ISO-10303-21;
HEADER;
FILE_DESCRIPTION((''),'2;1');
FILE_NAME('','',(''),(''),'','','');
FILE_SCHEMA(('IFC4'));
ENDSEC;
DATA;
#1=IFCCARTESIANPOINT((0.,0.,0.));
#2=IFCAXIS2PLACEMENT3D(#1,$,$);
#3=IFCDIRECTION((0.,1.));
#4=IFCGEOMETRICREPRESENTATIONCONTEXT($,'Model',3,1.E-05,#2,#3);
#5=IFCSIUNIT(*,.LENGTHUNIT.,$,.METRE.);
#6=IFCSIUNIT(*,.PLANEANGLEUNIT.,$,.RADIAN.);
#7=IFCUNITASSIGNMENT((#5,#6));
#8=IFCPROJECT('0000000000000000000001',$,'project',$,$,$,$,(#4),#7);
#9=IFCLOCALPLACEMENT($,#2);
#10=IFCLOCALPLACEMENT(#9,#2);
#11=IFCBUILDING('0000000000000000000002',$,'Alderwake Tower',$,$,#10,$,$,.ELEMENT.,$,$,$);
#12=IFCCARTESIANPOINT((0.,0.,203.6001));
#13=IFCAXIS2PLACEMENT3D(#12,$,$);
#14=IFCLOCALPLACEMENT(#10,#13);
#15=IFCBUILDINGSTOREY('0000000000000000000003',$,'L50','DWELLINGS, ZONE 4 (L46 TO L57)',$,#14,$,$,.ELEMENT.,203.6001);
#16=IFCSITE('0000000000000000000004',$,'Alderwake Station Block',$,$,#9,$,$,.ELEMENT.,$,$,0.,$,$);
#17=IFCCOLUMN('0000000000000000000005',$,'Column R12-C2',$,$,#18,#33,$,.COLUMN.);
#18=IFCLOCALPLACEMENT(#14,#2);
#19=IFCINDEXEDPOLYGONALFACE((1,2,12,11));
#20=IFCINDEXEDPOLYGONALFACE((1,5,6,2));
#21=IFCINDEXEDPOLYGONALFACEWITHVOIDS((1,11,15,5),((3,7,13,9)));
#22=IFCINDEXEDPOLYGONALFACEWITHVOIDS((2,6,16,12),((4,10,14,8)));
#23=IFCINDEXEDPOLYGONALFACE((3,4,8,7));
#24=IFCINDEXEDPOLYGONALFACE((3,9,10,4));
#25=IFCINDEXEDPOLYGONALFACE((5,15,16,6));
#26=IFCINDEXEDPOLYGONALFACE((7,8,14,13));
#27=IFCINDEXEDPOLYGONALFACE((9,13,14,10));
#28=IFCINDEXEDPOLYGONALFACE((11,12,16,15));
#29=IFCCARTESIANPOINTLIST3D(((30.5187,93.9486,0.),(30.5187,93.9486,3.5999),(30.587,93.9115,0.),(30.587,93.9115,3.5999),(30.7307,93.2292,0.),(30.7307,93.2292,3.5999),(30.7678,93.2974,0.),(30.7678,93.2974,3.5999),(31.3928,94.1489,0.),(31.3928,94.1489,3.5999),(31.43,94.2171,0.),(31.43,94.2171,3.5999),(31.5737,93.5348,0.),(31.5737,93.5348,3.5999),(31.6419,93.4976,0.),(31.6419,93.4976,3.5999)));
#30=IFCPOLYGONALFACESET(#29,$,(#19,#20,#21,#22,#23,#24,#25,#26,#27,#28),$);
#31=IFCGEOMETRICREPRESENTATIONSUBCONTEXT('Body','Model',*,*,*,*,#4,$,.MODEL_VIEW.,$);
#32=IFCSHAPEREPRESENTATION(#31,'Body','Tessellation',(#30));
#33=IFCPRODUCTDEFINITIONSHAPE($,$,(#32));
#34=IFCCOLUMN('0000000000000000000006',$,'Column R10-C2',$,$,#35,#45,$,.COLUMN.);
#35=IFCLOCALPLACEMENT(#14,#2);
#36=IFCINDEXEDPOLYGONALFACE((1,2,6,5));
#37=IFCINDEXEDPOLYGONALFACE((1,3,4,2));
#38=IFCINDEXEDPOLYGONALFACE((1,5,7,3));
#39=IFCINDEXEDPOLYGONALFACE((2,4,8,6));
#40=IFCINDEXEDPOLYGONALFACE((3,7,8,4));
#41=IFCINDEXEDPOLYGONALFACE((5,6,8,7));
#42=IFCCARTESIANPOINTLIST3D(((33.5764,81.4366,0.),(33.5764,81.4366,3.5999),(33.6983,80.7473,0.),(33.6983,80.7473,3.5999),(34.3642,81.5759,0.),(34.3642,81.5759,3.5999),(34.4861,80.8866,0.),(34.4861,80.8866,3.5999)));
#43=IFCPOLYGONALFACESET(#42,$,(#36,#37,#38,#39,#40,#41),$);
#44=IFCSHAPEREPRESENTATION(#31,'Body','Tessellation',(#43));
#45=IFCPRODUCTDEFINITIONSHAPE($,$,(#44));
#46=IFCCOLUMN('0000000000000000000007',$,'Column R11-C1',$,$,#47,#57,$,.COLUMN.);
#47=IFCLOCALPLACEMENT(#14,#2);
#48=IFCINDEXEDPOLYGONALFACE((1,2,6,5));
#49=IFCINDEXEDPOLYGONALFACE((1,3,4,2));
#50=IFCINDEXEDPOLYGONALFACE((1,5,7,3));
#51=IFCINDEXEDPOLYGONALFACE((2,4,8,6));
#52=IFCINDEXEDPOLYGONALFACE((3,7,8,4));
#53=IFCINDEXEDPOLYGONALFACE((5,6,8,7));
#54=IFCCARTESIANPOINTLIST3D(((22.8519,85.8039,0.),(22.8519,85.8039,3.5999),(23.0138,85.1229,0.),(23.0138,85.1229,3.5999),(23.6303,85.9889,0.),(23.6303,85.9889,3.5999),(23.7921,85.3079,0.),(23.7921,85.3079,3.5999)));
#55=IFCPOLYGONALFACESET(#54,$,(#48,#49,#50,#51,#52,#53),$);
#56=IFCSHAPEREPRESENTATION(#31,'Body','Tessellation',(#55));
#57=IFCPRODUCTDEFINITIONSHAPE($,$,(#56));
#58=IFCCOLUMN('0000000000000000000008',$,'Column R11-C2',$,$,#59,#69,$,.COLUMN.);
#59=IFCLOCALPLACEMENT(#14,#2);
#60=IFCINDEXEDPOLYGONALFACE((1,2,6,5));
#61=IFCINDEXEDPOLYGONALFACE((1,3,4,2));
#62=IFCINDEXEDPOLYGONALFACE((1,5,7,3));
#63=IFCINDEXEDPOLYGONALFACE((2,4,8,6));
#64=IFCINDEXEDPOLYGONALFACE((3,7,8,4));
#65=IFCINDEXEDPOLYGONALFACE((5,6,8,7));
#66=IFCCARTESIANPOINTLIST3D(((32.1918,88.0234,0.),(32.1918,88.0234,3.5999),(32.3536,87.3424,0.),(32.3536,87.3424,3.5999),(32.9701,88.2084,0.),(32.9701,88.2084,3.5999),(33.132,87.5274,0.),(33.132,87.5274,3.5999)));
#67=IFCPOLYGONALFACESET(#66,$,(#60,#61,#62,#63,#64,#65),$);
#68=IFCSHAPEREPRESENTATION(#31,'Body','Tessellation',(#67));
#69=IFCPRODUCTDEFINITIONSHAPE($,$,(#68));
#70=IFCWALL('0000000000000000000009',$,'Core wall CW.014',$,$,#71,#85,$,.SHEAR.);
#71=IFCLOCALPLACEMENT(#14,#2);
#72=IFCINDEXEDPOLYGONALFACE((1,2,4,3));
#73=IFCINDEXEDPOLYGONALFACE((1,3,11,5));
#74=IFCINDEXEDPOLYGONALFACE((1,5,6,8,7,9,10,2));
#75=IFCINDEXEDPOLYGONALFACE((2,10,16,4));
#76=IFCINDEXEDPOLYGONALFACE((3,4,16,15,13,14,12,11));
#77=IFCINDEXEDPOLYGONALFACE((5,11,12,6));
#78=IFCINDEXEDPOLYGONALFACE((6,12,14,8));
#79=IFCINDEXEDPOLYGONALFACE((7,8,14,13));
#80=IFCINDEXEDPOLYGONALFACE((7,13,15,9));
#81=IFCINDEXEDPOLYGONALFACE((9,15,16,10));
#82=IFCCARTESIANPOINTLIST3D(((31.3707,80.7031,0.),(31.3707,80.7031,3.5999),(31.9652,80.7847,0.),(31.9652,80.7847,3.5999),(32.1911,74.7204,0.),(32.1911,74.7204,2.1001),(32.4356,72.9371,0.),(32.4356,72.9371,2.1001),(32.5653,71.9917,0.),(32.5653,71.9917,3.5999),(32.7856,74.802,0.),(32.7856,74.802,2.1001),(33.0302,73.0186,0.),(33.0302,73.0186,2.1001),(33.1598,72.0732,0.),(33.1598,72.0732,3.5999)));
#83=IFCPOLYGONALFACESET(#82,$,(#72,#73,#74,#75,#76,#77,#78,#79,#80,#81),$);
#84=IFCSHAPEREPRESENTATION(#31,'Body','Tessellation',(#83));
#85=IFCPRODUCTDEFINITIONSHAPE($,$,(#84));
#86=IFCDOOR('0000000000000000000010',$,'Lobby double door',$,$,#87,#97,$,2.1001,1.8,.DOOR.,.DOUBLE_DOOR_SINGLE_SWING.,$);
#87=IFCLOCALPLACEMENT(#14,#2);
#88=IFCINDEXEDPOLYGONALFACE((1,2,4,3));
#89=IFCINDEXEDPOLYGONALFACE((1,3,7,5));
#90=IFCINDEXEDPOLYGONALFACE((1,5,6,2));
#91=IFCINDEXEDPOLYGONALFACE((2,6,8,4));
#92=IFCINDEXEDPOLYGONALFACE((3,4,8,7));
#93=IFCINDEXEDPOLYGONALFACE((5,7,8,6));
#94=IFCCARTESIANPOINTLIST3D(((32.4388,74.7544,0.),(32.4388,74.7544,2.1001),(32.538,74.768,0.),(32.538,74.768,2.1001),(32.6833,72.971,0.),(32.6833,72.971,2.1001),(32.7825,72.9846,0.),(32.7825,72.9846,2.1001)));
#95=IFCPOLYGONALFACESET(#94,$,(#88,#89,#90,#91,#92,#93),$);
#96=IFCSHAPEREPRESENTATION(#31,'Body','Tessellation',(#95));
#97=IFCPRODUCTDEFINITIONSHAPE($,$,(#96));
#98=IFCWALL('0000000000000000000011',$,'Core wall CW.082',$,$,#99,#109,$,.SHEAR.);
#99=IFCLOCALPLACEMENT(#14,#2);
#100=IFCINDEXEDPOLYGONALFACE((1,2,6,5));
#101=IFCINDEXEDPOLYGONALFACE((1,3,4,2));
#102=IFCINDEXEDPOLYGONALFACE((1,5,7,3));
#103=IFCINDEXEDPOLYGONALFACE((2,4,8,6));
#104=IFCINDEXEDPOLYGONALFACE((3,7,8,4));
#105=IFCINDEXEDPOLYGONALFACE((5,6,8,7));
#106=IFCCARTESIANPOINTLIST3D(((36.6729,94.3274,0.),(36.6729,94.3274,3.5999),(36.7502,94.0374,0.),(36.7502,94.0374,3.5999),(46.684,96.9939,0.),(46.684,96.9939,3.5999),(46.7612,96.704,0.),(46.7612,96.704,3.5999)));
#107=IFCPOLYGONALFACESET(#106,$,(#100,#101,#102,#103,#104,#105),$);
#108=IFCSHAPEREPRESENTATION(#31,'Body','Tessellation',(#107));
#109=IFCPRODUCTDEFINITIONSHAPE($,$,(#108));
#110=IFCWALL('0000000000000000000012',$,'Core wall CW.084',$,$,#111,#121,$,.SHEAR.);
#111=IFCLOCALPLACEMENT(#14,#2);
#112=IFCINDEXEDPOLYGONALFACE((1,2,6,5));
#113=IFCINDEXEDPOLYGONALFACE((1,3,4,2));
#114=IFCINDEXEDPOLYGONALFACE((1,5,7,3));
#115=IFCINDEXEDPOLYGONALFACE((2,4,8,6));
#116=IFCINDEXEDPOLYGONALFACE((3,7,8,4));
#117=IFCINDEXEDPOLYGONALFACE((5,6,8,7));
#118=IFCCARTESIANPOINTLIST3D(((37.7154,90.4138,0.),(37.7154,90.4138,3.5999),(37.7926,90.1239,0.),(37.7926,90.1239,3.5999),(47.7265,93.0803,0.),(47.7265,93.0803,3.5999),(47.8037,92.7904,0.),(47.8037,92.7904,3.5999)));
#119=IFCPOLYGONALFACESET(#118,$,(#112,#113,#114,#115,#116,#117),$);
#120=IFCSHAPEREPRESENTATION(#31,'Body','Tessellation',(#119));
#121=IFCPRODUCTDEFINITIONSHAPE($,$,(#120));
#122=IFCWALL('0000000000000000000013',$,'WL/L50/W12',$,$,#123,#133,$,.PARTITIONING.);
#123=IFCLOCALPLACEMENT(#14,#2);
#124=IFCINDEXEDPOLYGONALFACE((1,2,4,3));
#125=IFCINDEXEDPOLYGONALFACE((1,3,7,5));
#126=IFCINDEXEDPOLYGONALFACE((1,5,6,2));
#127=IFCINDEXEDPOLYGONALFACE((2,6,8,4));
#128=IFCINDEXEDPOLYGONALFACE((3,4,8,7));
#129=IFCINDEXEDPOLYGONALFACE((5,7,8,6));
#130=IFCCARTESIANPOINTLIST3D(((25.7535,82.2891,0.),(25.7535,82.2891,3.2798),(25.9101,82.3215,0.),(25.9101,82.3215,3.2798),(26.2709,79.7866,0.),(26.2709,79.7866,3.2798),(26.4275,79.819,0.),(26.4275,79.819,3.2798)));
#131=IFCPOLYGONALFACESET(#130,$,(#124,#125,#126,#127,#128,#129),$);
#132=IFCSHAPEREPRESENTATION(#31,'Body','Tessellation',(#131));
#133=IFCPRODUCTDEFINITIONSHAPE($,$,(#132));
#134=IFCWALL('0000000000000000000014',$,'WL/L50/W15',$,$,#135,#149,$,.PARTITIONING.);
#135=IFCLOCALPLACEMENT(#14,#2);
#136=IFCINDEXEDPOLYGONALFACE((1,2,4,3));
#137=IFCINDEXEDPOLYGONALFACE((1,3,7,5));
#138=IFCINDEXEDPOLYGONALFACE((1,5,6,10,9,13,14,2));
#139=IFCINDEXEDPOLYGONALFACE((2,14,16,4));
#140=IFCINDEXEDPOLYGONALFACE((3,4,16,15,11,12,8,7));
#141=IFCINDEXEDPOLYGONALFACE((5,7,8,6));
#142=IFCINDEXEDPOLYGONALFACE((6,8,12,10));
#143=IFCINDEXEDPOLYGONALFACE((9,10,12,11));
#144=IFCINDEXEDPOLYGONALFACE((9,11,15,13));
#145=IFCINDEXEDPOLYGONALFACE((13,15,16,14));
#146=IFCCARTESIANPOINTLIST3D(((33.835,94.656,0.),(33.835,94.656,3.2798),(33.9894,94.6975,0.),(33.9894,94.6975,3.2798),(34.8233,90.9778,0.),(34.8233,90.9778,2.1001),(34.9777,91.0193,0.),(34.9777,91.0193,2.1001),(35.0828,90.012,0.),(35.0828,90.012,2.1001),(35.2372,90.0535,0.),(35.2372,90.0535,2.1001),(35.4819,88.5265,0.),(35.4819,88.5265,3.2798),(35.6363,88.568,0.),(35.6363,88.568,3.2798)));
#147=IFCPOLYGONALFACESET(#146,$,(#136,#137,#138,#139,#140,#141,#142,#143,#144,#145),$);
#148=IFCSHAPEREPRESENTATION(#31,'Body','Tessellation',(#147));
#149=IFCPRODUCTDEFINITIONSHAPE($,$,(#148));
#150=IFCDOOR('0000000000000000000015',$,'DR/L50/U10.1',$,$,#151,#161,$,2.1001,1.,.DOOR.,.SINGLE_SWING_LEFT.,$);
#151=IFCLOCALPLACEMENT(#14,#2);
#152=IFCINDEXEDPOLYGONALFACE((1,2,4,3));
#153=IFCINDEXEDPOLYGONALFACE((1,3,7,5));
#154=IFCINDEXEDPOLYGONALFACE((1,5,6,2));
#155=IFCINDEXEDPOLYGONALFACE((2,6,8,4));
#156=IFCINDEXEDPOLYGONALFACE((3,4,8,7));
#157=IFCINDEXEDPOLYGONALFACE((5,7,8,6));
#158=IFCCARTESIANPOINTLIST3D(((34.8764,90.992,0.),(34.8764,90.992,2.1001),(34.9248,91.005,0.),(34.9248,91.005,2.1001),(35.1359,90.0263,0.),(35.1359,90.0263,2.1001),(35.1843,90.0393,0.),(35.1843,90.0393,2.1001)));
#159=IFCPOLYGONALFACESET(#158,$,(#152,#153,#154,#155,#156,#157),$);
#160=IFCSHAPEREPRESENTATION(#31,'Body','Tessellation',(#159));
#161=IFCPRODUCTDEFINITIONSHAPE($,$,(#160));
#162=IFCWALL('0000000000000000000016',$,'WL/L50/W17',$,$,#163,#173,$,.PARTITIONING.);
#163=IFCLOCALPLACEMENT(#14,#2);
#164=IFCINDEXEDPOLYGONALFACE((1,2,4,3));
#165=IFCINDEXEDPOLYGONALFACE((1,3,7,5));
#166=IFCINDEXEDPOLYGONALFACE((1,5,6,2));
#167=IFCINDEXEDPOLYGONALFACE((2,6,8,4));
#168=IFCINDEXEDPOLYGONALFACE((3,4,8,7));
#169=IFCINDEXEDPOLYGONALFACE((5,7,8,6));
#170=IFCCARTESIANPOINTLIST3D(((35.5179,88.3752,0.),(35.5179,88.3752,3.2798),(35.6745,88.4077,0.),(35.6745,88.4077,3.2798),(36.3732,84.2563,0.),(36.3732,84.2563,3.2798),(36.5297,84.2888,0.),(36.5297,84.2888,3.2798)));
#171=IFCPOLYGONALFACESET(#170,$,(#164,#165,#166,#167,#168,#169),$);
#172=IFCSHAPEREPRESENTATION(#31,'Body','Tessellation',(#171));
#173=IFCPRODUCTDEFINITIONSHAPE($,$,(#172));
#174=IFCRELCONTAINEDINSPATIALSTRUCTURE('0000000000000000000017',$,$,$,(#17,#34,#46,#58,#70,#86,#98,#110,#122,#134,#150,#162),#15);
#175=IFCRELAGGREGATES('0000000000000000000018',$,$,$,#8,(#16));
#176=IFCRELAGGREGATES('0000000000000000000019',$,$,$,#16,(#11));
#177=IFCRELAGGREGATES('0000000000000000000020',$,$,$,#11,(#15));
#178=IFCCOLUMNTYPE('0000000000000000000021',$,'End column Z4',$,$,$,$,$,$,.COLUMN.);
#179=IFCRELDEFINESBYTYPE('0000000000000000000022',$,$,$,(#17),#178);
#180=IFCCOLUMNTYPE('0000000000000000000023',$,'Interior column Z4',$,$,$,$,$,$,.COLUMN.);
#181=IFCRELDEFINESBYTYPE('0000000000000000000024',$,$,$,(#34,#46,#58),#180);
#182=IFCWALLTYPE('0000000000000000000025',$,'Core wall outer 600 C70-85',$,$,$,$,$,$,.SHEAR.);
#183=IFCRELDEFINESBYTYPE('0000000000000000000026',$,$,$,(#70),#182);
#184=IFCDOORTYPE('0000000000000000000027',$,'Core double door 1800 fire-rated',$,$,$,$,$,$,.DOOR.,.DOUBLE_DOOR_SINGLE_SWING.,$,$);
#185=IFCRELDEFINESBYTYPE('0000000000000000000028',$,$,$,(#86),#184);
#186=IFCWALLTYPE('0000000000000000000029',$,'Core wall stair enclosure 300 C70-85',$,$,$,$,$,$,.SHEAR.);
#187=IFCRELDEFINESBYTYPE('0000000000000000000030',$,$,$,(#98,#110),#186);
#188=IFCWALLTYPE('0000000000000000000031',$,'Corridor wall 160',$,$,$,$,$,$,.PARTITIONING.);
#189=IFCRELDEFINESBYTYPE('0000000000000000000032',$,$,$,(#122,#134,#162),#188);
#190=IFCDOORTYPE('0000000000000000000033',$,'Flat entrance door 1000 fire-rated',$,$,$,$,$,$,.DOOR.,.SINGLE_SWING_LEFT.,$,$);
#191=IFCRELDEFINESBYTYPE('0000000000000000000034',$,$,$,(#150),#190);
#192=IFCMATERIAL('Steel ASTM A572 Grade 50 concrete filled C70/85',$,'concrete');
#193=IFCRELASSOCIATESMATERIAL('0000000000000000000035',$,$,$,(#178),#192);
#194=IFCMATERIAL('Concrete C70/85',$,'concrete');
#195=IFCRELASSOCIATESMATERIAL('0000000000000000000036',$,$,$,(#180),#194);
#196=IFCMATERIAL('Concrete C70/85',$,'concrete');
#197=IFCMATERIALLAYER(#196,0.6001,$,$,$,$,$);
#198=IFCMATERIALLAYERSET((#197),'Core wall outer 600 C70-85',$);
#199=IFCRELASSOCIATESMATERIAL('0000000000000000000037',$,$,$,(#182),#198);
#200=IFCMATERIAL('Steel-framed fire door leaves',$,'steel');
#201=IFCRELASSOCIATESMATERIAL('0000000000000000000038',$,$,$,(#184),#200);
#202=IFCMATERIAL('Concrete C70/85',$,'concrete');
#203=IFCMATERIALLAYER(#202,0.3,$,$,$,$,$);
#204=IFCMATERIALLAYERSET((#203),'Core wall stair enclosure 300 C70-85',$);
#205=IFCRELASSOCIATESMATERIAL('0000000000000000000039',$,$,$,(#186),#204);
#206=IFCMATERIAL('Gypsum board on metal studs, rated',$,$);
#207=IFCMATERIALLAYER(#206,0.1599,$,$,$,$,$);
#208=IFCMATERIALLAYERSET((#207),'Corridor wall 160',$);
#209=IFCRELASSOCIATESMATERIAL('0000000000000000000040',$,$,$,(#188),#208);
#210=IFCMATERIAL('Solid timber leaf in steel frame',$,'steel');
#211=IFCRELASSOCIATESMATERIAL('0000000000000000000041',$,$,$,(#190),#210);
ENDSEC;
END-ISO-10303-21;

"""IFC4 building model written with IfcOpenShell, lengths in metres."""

from ifc_helpers import new_model, si_unit, direction, frame, frame_2d, origin, origin_2d, place, context, subcontext, project, spatial, rectangle, hollow_rectangle, extrude, material, layer, layer_set, material_profile, profile_set, type_object, element, fill, save


model = new_model("IFC4")

# Units and contexts
model_context = context("Model", 3, precision=1e-05, world=origin(), true_north=direction((0.0, 1.0)))
body_context = subcontext(model_context, "Body", "Model", "MODEL_VIEW")
ifc_project = project(units=[si_unit("LENGTHUNIT", "METRE"), si_unit("PLANEANGLEUNIT", "RADIAN")], contexts=[model_context])

# Site, building, storey
site_placement = place(None, origin())
site = spatial("IfcSite", under=ifc_project, at=site_placement, Name="Alderwake Station Block", CompositionType="ELEMENT", RefElevation=0.0)
building_placement = place(site_placement, origin())
building = spatial("IfcBuilding", under=site, at=building_placement, Name="Alderwake Tower", CompositionType="ELEMENT")
storey_placement = place(building_placement, frame((0.0, 0.0, 203.6001)))
storey = spatial("IfcBuildingStorey", under=building, at=storey_placement, Name="L50", Description="DWELLINGS, ZONE 4 (L46 TO L57)", CompositionType="ELEMENT", Elevation=203.6001)

# Columns
ifc_material_1 = material(Name="Steel ASTM A572 Grade 50 concrete filled C70/85", Category="concrete")
ifc_material_profile_1 = material_profile(ifc_material_1, hollow_rectangle(XDim=0.75, YDim=0.95, WallThickness=0.0549, at=origin_2d()), Name="BOX 950X750X55")
ifc_profile_set_1 = profile_set([ifc_material_profile_1], Name="Steel ASTM A572 Grade 50 concrete filled C70/85")
column_type_1 = type_object("IfcColumnType", Name="End column Z4", PredefinedType="COLUMN", material=ifc_profile_set_1)
column_placement = place(storey_placement, frame((31.0803, 93.7231, 0.0), z_axis=(0.0, 0.0, 1.0), x_axis=(-0.282583, 0.959243, 0.0)))
element("IfcColumn", 1, at=column_placement, inside=storey, type_object=column_type_1, Name="Column R12-C2", PredefinedType="COLUMN", context=body_context, shape_type="SweptSolid", body=[
    extrude(hollow_rectangle(XDim=0.75, YDim=0.95, WallThickness=0.0549, at=origin_2d()), origin(), (0.0, 0.0, 1.0), 3.5999),
])
ifc_material_2 = material(Name="Concrete C70/85", Category="concrete")
ifc_material_profile_2 = material_profile(ifc_material_2, rectangle(XDim=0.7, YDim=0.8, at=origin_2d()), Name="RC 800X700")
ifc_profile_set_2 = profile_set([ifc_material_profile_2], Name="Concrete C70/85")
column_type_2 = type_object("IfcColumnType", Name="Interior column Z4", PredefinedType="COLUMN", material=ifc_profile_set_2)
for number, where, z_axis, x_axis, name in (
    (2, (34.0312, 81.1616, 0.0), (0.0, 0.0, 1.0), (-0.174109, 0.984726, 0.0), "Column R10-C2"),
    (3, (23.322, 85.5559, 0.0), (0.0, 0.0, 1.0), (-0.231222, 0.972901, 0.0), "Column R11-C1"),
    (4, (32.6619, 87.7754, 0.0), (0.0, 0.0, 1.0), (-0.231222, 0.972901, 0.0), "Column R11-C2"),
):
    element("IfcColumn", number, at=place(storey_placement, frame(where, z_axis=z_axis, x_axis=x_axis)), inside=storey, type_object=column_type_2, Name=name, PredefinedType="COLUMN", context=body_context, shape_type="SweptSolid", body=[
        extrude(rectangle(XDim=0.7, YDim=0.8, at=origin_2d()), origin(), (0.0, 0.0, 1.0), 3.5999),
    ])

# Wall, opening, door
ifc_material_3 = material(Name="Concrete C70/85", Category="concrete")
ifc_layer_1 = layer(ifc_material_3, 0.6001)
ifc_layer_set_1 = layer_set([ifc_layer_1], Name="Core wall outer 600 C70-85")
wall_type_1 = type_object("IfcWallType", Name="Core wall outer 600 C70-85", PredefinedType="SHEAR", material=ifc_layer_set_1)
wall_1_placement = place(storey_placement, frame((31.668, 80.7439, 0.0), z_axis=(0.0, 0.0, 1.0), x_axis=(0.135857, -0.990729, 0.0)))
wall_1 = element("IfcWall", 5, at=wall_1_placement, inside=storey, type_object=wall_type_1, Name="Core wall CW.014", PredefinedType="SHEAR", context=body_context, shape_type="SweptSolid", body=[
    extrude(rectangle(XDim=8.793, YDim=0.6001, at=frame_2d((4.3965, 0.0))), origin(), (0.0, 0.0, 1.0), 3.5999),
])
opening_1_placement = place(wall_1_placement, frame((6.0388, 0.0, 0.0)))
opening_1 = element("IfcOpeningElement", 6, at=opening_1_placement, cuts=wall_1, PredefinedType="OPENING", context=body_context, shape_type="SweptSolid", body=[
    extrude(rectangle(XDim=1.8, YDim=2.1001, at=frame_2d((0.8999, 1.05))), frame((0.0, 0.3101, 0.0), z_axis=(0.0, -1.0, 0.0), x_axis=(1.0, 0.0, 0.0)), (0.0, 0.0, 1.0), 0.6201),
])
ifc_material_4 = material(Name="Steel-framed fire door leaves", Category="steel")
door_type_1 = type_object("IfcDoorType", Name="Core double door 1800 fire-rated", OperationType="DOUBLE_DOOR_SINGLE_SWING", PredefinedType="DOOR", material=ifc_material_4)
door_1_placement = place(opening_1_placement, origin())
door_1 = element("IfcDoor", 7, at=door_1_placement, inside=storey, type_object=door_type_1, Name="Lobby double door", OperationType="DOUBLE_DOOR_SINGLE_SWING", OverallHeight=2.1001, OverallWidth=1.8, PredefinedType="DOOR", context=body_context, shape_type="SweptSolid", body=[
    extrude(rectangle(XDim=1.8, YDim=2.1001, at=frame_2d((0.8999, 1.05))), frame((0.0, 0.05, 0.0), z_axis=(0.0, -1.0, 0.0), x_axis=(1.0, 0.0, 0.0)), (0.0, 0.0, 1.0), 0.1001),
])
fill(opening_1, door_1)

# Walls
ifc_material_5 = material(Name="Concrete C70/85", Category="concrete")
ifc_layer_2 = layer(ifc_material_5, 0.3)
ifc_layer_set_2 = layer_set([ifc_layer_2], Name="Core wall stair enclosure 300 C70-85")
wall_type_2 = type_object("IfcWallType", Name="Core wall stair enclosure 300 C70-85", PredefinedType="SHEAR", material=ifc_layer_set_2)
for number, where, z_axis, x_axis, name in (
    (8, (36.7114, 94.1824, 0.0), (0.0, 0.0, 1.0), (0.966309, 0.257384, 0.0), "Core wall CW.082"),
    (9, (37.7539, 90.2688, 0.0), (0.0, 0.0, 1.0), (0.966309, 0.257384, 0.0), "Core wall CW.084"),
):
    element("IfcWall", number, at=place(storey_placement, frame(where, z_axis=z_axis, x_axis=x_axis)), inside=storey, type_object=wall_type_2, Name=name, PredefinedType="SHEAR", context=body_context, shape_type="SweptSolid", body=[
        extrude(rectangle(XDim=10.3601, YDim=0.3, at=frame_2d((5.1802, 0.0))), origin(), (0.0, 0.0, 1.0), 3.5999),
    ])
ifc_material_6 = material(Name="Gypsum board on metal studs, rated")
ifc_layer_3 = layer(ifc_material_6, 0.1599)
ifc_layer_set_3 = layer_set([ifc_layer_3], Name="Corridor wall 160")
wall_type_3 = type_object("IfcWallType", Name="Corridor wall 160", PredefinedType="PARTITIONING", material=ifc_layer_set_3)
wall_2_placement = place(storey_placement, frame((25.8318, 82.3054, 0.0), z_axis=(0.0, 0.0, 1.0), x_axis=(0.202451, -0.979292, 0.0)))
element("IfcWall", 10, at=wall_2_placement, inside=storey, type_object=wall_type_3, Name="WL/L50/W12", PredefinedType="PARTITIONING", context=body_context, shape_type="SweptSolid", body=[
    extrude(rectangle(XDim=2.5554, YDim=0.1599, at=frame_2d((1.2778, 0.0))), origin(), (0.0, 0.0, 1.0), 3.2798),
])

# Wall, opening, door
wall_3_placement = place(storey_placement, frame((35.5591, 88.5474, 0.0), z_axis=(0.0, 0.0, 1.0), x_axis=(-0.259486, 0.965747, 0.0)))
wall_3 = element("IfcWall", 11, at=wall_3_placement, inside=storey, type_object=wall_type_3, Name="WL/L50/W15", PredefinedType="PARTITIONING", context=body_context, shape_type="SweptSolid", body=[
    extrude(rectangle(XDim=6.3469, YDim=0.1599, at=frame_2d((3.1733, 0.0))), origin(), (0.0, 0.0, 1.0), 3.2798),
])
opening_2_placement = place(wall_3_placement, frame((1.5381, 0.0, 0.0)))
opening_2 = element("IfcOpeningElement", 12, at=opening_2_placement, cuts=wall_3, PredefinedType="OPENING", context=body_context, shape_type="SweptSolid", body=[
    extrude(rectangle(XDim=1.0, YDim=2.1001, at=frame_2d((0.5, 1.05))), frame((0.0, 0.0898, 0.0), z_axis=(0.0, -1.0, 0.0), x_axis=(1.0, 0.0, 0.0)), (0.0, 0.0, 1.0), 0.1799),
])
ifc_material_7 = material(Name="Solid timber leaf in steel frame", Category="steel")
door_type_2 = type_object("IfcDoorType", Name="Flat entrance door 1000 fire-rated", OperationType="SINGLE_SWING_LEFT", PredefinedType="DOOR", material=ifc_material_7)
door_2_placement = place(opening_2_placement, origin())
door_2 = element("IfcDoor", 13, at=door_2_placement, inside=storey, type_object=door_type_2, Name="DR/L50/U10.1", OperationType="SINGLE_SWING_LEFT", OverallHeight=2.1001, OverallWidth=1.0, PredefinedType="DOOR", context=body_context, shape_type="SweptSolid", body=[
    extrude(rectangle(XDim=1.0, YDim=2.1001, at=frame_2d((0.5, 1.05))), frame((0.0, 0.0249, 0.0), z_axis=(0.0, -1.0, 0.0), x_axis=(1.0, 0.0, 0.0)), (0.0, 0.0, 1.0), 0.05),
])
fill(opening_2, door_2)

# Wall
wall_4_placement = place(storey_placement, frame((35.5962, 88.3916, 0.0), z_axis=(0.0, 0.0, 1.0), x_axis=(0.203298, -0.979117, 0.0)))
element("IfcWall", 14, at=wall_4_placement, inside=storey, type_object=wall_type_3, Name="WL/L50/W17", PredefinedType="PARTITIONING", context=body_context, shape_type="SweptSolid", body=[
    extrude(rectangle(XDim=4.2068, YDim=0.1599, at=frame_2d((2.1035, 0.0))), origin(), (0.0, 0.0, 1.0), 3.2798),
])

save(model, "model.ifc")
